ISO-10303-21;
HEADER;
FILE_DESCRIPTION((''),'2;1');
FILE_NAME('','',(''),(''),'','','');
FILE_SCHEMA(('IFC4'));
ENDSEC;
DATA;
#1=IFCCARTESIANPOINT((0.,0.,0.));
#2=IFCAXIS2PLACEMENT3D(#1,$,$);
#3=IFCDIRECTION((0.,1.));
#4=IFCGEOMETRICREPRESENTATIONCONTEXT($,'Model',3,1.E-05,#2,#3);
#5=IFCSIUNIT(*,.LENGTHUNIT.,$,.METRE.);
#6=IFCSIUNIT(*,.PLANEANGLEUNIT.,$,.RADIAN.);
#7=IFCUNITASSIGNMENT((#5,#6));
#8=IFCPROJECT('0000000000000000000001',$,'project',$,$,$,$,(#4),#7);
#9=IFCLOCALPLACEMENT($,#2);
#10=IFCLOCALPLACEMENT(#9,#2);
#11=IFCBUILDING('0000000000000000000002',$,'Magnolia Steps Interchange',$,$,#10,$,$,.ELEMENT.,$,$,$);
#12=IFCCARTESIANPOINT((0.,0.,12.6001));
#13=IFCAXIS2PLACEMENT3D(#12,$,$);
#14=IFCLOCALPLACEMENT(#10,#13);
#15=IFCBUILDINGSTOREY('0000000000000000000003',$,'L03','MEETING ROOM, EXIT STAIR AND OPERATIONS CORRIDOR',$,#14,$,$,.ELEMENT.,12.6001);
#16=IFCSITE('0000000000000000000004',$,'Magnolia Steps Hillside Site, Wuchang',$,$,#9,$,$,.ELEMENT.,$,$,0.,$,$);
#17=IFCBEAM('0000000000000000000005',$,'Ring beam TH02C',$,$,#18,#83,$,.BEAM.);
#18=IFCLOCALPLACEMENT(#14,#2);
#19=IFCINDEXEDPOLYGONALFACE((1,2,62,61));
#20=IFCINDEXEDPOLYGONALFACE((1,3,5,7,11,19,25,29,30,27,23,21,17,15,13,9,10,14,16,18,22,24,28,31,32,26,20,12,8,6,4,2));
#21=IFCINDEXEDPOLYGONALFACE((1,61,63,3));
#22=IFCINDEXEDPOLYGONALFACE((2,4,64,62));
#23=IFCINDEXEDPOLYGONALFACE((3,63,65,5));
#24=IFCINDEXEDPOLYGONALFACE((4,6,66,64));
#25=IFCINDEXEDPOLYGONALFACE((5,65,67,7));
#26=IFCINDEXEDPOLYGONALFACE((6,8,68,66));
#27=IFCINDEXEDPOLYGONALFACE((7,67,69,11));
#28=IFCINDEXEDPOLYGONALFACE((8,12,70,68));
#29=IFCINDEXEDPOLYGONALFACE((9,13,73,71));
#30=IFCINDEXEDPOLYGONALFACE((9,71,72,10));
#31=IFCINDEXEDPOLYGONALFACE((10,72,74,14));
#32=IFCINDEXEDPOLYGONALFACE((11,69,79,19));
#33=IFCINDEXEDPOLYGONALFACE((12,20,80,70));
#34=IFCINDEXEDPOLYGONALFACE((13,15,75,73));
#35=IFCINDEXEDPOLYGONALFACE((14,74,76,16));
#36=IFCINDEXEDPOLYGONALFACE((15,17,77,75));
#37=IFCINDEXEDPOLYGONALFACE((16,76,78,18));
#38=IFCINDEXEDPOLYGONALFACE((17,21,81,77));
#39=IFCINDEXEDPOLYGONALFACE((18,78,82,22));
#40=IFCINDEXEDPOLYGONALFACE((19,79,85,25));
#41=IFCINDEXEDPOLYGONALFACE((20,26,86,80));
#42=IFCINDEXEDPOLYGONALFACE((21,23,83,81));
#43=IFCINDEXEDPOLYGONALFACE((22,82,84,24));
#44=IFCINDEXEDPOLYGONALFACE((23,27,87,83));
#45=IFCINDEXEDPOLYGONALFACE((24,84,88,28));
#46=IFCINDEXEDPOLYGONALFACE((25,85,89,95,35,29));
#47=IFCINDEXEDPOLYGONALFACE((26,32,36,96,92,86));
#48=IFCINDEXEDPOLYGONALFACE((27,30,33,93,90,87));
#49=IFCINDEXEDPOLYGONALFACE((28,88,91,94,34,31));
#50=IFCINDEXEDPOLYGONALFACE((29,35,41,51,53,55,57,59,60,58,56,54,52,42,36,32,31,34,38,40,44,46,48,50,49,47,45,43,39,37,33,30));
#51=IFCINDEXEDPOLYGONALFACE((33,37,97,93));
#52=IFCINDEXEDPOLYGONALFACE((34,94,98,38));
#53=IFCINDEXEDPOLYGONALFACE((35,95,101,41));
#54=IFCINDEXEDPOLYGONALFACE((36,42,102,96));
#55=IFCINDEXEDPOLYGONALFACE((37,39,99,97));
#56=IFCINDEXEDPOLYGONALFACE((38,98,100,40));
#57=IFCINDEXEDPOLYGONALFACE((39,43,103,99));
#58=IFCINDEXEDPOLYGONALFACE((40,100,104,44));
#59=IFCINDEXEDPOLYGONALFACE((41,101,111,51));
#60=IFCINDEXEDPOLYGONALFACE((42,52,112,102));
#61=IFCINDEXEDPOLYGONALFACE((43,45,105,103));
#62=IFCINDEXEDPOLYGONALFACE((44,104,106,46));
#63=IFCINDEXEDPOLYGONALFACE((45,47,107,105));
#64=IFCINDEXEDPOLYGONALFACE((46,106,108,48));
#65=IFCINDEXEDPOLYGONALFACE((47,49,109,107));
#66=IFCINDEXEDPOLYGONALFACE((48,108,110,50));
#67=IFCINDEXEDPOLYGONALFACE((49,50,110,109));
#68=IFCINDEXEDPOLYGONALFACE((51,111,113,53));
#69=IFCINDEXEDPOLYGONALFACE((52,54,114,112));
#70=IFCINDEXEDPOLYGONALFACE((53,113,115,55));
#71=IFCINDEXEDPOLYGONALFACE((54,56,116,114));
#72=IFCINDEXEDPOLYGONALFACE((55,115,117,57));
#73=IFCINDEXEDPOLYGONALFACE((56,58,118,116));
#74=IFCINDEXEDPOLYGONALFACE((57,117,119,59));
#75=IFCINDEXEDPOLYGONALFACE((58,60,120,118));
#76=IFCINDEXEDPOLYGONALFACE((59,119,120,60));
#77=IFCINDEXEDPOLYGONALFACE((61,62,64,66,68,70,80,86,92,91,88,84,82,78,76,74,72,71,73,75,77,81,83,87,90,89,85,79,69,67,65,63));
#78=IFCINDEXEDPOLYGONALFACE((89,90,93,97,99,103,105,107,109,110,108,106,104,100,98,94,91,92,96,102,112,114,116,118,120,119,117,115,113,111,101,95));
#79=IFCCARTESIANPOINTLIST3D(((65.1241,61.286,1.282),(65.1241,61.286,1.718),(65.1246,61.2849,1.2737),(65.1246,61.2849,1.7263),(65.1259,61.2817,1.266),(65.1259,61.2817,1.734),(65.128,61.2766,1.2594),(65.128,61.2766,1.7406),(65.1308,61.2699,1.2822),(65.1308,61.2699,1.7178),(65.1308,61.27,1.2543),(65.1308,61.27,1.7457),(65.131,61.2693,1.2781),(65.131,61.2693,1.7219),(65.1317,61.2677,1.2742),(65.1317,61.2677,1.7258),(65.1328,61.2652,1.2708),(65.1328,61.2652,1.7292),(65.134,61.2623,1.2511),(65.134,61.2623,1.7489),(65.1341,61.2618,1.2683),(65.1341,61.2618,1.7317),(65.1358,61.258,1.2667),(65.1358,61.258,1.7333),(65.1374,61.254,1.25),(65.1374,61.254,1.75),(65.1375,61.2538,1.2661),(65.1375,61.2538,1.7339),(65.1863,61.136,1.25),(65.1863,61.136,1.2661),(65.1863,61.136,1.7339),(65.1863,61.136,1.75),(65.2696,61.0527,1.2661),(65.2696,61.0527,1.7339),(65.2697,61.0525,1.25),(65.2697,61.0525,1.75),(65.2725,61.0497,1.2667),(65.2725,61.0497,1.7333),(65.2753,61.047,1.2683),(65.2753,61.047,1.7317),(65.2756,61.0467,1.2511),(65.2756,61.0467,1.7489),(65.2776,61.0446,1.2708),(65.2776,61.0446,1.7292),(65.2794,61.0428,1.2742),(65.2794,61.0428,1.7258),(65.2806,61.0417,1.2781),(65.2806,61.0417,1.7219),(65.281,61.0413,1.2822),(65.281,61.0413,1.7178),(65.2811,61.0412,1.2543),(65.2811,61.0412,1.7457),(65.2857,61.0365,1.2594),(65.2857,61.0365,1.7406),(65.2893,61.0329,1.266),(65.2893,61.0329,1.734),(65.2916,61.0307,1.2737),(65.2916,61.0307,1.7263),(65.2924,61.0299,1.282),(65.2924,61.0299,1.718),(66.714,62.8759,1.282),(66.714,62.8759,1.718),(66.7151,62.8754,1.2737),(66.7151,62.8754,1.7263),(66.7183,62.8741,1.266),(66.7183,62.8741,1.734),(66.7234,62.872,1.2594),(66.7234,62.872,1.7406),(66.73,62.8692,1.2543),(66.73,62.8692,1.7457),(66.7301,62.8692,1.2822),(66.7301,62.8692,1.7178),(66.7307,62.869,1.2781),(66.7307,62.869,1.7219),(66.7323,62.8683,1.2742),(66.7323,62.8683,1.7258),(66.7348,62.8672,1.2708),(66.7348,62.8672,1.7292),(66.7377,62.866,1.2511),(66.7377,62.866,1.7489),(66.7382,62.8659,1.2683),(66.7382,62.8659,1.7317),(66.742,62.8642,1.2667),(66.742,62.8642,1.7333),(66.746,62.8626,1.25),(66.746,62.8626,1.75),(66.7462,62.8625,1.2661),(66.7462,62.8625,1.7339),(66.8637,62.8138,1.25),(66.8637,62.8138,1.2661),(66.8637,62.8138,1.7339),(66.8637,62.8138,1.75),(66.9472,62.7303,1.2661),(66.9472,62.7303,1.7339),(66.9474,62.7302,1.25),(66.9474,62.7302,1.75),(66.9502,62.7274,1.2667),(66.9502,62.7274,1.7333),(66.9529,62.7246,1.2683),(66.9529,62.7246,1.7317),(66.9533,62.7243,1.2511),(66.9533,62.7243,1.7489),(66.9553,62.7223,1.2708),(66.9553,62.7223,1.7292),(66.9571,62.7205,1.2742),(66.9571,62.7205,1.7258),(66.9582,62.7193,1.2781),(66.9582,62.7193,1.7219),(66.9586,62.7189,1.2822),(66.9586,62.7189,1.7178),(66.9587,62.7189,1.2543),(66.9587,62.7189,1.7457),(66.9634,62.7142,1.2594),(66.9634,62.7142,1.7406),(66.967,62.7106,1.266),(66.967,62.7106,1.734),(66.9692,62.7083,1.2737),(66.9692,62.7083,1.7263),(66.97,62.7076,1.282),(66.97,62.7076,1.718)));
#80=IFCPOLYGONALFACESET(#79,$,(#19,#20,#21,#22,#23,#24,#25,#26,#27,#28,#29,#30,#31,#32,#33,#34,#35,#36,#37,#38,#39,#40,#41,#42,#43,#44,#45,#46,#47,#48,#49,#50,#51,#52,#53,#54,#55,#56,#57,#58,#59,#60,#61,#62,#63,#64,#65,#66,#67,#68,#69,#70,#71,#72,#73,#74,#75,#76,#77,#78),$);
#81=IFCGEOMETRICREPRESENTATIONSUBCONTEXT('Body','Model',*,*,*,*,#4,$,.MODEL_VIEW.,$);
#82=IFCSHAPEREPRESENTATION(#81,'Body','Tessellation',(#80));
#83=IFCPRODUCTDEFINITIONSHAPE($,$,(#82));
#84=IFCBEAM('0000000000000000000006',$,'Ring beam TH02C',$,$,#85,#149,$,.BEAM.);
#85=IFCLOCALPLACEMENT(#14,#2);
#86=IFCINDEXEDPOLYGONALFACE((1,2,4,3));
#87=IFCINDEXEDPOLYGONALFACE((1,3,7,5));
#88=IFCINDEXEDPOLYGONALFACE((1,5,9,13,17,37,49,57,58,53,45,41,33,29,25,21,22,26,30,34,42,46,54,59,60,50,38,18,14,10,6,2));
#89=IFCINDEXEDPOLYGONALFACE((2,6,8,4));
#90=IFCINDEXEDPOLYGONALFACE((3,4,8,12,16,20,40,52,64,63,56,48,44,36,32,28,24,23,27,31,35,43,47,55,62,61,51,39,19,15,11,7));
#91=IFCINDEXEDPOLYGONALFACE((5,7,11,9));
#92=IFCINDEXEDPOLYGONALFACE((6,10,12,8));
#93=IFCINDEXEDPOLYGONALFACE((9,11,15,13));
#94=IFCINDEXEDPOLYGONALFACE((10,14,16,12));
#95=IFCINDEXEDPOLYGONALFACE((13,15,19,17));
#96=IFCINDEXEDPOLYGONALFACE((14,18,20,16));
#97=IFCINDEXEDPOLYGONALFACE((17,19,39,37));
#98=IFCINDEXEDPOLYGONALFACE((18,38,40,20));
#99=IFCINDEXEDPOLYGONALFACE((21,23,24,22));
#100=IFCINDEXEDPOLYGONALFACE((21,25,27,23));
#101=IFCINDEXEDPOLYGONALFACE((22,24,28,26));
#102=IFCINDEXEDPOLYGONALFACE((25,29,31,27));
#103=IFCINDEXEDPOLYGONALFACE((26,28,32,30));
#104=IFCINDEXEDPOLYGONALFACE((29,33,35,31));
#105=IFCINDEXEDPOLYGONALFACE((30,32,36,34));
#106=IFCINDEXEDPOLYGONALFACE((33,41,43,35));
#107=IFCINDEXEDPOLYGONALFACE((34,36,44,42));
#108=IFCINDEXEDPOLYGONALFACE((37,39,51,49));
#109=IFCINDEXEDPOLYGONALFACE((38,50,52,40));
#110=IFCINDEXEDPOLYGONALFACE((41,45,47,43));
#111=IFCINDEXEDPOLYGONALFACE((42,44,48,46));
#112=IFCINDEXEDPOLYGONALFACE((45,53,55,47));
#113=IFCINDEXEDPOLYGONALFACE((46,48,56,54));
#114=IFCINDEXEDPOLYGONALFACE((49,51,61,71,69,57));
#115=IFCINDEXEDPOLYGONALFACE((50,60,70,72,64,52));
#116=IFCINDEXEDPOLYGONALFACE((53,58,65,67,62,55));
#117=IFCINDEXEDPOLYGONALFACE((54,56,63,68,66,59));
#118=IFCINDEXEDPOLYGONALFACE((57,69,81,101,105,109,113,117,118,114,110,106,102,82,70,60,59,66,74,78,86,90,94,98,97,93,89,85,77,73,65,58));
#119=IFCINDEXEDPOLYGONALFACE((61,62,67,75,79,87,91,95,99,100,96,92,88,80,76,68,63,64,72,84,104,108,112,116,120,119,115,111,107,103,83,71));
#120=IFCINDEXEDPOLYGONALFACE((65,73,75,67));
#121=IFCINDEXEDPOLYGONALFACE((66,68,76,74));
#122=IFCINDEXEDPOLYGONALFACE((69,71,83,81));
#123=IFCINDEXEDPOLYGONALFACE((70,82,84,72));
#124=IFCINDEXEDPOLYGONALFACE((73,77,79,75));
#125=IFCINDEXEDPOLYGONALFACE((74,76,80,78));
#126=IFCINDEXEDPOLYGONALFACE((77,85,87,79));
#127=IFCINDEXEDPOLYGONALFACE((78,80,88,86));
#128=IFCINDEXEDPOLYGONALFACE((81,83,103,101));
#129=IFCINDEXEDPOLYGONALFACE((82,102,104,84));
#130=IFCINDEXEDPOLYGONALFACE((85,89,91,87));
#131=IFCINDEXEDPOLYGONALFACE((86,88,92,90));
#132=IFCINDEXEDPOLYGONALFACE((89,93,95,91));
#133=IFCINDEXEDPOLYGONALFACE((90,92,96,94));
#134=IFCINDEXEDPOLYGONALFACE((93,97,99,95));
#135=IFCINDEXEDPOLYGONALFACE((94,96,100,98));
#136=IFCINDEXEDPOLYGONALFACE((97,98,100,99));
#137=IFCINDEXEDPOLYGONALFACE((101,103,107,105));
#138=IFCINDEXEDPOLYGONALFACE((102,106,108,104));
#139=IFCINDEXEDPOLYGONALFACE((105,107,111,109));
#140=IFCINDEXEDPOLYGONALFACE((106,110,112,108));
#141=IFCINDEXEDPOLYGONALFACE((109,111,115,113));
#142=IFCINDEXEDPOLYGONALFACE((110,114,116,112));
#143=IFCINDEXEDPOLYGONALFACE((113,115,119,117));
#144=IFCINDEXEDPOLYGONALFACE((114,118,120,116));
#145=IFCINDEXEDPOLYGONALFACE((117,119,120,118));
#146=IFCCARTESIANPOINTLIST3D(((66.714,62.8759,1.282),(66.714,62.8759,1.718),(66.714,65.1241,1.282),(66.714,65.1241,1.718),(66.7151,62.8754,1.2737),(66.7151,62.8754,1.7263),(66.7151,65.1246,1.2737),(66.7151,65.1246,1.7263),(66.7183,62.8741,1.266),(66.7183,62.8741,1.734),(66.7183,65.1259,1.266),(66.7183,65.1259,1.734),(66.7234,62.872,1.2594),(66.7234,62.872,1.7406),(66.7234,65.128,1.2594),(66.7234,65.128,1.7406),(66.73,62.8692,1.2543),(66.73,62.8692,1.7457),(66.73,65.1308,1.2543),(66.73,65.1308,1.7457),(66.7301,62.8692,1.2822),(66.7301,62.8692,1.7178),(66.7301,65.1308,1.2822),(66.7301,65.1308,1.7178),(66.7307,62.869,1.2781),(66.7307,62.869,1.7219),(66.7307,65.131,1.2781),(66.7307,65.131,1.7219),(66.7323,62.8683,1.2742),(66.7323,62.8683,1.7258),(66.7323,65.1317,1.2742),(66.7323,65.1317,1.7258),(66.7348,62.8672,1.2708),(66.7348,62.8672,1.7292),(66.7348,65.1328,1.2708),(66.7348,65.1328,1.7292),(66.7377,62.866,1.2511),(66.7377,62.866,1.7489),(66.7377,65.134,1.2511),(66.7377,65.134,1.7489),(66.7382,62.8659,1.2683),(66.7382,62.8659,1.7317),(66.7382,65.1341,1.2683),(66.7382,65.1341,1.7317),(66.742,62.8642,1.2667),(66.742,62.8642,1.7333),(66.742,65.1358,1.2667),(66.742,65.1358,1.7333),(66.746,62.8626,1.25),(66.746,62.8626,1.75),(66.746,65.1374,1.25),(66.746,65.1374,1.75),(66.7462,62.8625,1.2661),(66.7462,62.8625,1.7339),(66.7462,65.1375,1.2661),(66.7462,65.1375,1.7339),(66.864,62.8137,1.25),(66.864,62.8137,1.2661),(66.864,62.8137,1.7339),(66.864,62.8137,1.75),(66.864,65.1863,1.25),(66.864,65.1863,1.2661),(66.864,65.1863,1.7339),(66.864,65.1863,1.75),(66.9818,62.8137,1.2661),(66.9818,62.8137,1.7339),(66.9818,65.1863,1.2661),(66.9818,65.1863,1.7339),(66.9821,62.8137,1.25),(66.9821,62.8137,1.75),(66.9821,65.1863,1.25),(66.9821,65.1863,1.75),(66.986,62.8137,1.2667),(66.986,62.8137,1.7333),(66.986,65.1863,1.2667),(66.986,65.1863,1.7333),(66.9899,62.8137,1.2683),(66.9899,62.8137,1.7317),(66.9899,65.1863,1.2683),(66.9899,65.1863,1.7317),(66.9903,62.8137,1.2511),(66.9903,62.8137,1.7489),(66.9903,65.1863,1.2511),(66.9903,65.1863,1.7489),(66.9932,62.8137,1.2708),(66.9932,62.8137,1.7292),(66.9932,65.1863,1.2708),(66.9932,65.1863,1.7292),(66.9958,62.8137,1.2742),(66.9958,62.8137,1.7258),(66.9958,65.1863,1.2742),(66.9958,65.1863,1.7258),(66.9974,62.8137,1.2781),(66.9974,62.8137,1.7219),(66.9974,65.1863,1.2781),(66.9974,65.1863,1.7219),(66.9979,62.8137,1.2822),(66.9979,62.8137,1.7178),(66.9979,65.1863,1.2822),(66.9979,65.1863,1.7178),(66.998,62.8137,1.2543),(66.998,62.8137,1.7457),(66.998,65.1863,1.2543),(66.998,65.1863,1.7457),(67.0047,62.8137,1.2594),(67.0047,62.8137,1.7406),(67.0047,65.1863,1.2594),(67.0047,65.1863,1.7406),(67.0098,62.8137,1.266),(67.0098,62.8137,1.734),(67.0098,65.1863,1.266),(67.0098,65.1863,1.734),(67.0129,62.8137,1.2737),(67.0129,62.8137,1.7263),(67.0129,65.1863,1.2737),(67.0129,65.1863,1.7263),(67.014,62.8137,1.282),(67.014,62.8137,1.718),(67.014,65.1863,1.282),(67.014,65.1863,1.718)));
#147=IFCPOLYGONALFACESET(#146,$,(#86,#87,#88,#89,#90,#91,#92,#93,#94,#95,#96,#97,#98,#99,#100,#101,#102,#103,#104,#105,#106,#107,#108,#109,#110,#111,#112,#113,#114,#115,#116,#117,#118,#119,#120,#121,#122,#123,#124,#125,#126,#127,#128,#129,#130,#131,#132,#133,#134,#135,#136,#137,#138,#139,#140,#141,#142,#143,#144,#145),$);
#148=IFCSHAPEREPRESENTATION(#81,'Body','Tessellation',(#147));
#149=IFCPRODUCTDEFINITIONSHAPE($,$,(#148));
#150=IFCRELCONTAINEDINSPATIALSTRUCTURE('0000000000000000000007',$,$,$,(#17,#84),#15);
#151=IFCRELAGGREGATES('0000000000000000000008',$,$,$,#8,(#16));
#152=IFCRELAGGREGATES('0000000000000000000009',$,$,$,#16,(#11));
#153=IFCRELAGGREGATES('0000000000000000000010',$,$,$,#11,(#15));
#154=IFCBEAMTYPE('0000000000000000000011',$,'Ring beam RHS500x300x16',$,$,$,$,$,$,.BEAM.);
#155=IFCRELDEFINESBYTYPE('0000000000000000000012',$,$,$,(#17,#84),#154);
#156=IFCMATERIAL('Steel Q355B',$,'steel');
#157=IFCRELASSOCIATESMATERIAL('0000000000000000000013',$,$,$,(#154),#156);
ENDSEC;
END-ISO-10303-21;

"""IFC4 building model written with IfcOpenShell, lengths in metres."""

from ifc_helpers import new_model, si_unit, direction, frame, origin, origin_2d, place, context, subcontext, project, spatial, hollow_rectangle, extrude, clip, halfspace, material, material_profile, profile_set, type_object, element, save


model = new_model("IFC4")

# Units and contexts
model_context = context("Model", 3, precision=1e-05, world=origin(), true_north=direction((0.0, 1.0)))
body_context = subcontext(model_context, "Body", "Model", "MODEL_VIEW")
ifc_project = project(units=[si_unit("LENGTHUNIT", "METRE"), si_unit("PLANEANGLEUNIT", "RADIAN")], contexts=[model_context])

# Site, building, storey
site_placement = place(None, origin())
site = spatial("IfcSite", under=ifc_project, at=site_placement, Name="Magnolia Steps Hillside Site, Wuchang", CompositionType="ELEMENT", RefElevation=0.0)
building_placement = place(site_placement, origin())
building = spatial("IfcBuilding", under=site, at=building_placement, Name="Magnolia Steps Interchange", CompositionType="ELEMENT")
storey_placement = place(building_placement, frame((0.0, 0.0, 12.6001)))
storey = spatial("IfcBuildingStorey", under=building, at=storey_placement, Name="L03", Description="MEETING ROOM, EXIT STAIR AND OPERATIONS CORRIDOR", CompositionType="ELEMENT", Elevation=12.6001)

# Beams
ifc_material_1 = material(Name="Steel Q355B", Category="steel")
ifc_material_profile_1 = material_profile(ifc_material_1, hollow_rectangle(XDim=0.3, YDim=0.5, WallThickness=0.0161, InnerFilletRadius=0.0161, OuterFilletRadius=0.032, at=origin_2d()), Name="RHS500x300x16")
ifc_profile_set_1 = profile_set([ifc_material_profile_1], Name="Steel Q355B")
beam_type_1 = type_object("IfcBeamType", Name="Ring beam RHS500x300x16", PredefinedType="BEAM", material=ifc_profile_set_1)
beam_1_placement = place(storey_placement, frame((65.1863, 61.136, 1.5), z_axis=(0.707107, 0.707107, 0.0), x_axis=(-0.707107, 0.707107, 0.0)))
element("IfcBeam", 1, at=beam_1_placement, inside=storey, type_object=beam_type_1, Name="Ring beam TH02C", PredefinedType="BEAM", context=body_context, shape_type="Clipping", body=[
    clip(clip(extrude(hollow_rectangle(XDim=0.3, YDim=0.5, WallThickness=0.0161, InnerFilletRadius=0.0161, OuterFilletRadius=0.032, at=origin_2d()), origin(), (0.0, 0.0, 1.0), 2.3726), halfspace(frame((0.0, 0.0, 0.0), z_axis=(0.382683, 0.0, -0.92388), x_axis=(0.92388, 0.0, 0.382683)), False)), halfspace(frame((0.0, 0.0, 2.3727), z_axis=(0.382683, 0.0, 0.92388), x_axis=(0.92388, 0.0, -0.382683)), False)),
])
beam_2_placement = place(storey_placement, frame((66.864, 62.8137, 1.5), z_axis=(0.0, 1.0, 0.0), x_axis=(-1.0, 0.0, 0.0)))
element("IfcBeam", 2, at=beam_2_placement, inside=storey, type_object=beam_type_1, Name="Ring beam TH02C", PredefinedType="BEAM", context=body_context, shape_type="Clipping", body=[
    clip(clip(extrude(hollow_rectangle(XDim=0.3, YDim=0.5, WallThickness=0.0161, InnerFilletRadius=0.0161, OuterFilletRadius=0.032, at=origin_2d()), origin(), (0.0, 0.0, 1.0), 2.3726), halfspace(frame((0.0, 0.0, 0.0), z_axis=(0.382683, 0.0, -0.92388), x_axis=(0.92388, 0.0, 0.382683)), False)), halfspace(frame((0.0, 0.0, 2.3726), z_axis=(0.382683, 0.0, 0.92388), x_axis=(0.92388, 0.0, -0.382683)), False)),
])

save(model, "model.ifc")
